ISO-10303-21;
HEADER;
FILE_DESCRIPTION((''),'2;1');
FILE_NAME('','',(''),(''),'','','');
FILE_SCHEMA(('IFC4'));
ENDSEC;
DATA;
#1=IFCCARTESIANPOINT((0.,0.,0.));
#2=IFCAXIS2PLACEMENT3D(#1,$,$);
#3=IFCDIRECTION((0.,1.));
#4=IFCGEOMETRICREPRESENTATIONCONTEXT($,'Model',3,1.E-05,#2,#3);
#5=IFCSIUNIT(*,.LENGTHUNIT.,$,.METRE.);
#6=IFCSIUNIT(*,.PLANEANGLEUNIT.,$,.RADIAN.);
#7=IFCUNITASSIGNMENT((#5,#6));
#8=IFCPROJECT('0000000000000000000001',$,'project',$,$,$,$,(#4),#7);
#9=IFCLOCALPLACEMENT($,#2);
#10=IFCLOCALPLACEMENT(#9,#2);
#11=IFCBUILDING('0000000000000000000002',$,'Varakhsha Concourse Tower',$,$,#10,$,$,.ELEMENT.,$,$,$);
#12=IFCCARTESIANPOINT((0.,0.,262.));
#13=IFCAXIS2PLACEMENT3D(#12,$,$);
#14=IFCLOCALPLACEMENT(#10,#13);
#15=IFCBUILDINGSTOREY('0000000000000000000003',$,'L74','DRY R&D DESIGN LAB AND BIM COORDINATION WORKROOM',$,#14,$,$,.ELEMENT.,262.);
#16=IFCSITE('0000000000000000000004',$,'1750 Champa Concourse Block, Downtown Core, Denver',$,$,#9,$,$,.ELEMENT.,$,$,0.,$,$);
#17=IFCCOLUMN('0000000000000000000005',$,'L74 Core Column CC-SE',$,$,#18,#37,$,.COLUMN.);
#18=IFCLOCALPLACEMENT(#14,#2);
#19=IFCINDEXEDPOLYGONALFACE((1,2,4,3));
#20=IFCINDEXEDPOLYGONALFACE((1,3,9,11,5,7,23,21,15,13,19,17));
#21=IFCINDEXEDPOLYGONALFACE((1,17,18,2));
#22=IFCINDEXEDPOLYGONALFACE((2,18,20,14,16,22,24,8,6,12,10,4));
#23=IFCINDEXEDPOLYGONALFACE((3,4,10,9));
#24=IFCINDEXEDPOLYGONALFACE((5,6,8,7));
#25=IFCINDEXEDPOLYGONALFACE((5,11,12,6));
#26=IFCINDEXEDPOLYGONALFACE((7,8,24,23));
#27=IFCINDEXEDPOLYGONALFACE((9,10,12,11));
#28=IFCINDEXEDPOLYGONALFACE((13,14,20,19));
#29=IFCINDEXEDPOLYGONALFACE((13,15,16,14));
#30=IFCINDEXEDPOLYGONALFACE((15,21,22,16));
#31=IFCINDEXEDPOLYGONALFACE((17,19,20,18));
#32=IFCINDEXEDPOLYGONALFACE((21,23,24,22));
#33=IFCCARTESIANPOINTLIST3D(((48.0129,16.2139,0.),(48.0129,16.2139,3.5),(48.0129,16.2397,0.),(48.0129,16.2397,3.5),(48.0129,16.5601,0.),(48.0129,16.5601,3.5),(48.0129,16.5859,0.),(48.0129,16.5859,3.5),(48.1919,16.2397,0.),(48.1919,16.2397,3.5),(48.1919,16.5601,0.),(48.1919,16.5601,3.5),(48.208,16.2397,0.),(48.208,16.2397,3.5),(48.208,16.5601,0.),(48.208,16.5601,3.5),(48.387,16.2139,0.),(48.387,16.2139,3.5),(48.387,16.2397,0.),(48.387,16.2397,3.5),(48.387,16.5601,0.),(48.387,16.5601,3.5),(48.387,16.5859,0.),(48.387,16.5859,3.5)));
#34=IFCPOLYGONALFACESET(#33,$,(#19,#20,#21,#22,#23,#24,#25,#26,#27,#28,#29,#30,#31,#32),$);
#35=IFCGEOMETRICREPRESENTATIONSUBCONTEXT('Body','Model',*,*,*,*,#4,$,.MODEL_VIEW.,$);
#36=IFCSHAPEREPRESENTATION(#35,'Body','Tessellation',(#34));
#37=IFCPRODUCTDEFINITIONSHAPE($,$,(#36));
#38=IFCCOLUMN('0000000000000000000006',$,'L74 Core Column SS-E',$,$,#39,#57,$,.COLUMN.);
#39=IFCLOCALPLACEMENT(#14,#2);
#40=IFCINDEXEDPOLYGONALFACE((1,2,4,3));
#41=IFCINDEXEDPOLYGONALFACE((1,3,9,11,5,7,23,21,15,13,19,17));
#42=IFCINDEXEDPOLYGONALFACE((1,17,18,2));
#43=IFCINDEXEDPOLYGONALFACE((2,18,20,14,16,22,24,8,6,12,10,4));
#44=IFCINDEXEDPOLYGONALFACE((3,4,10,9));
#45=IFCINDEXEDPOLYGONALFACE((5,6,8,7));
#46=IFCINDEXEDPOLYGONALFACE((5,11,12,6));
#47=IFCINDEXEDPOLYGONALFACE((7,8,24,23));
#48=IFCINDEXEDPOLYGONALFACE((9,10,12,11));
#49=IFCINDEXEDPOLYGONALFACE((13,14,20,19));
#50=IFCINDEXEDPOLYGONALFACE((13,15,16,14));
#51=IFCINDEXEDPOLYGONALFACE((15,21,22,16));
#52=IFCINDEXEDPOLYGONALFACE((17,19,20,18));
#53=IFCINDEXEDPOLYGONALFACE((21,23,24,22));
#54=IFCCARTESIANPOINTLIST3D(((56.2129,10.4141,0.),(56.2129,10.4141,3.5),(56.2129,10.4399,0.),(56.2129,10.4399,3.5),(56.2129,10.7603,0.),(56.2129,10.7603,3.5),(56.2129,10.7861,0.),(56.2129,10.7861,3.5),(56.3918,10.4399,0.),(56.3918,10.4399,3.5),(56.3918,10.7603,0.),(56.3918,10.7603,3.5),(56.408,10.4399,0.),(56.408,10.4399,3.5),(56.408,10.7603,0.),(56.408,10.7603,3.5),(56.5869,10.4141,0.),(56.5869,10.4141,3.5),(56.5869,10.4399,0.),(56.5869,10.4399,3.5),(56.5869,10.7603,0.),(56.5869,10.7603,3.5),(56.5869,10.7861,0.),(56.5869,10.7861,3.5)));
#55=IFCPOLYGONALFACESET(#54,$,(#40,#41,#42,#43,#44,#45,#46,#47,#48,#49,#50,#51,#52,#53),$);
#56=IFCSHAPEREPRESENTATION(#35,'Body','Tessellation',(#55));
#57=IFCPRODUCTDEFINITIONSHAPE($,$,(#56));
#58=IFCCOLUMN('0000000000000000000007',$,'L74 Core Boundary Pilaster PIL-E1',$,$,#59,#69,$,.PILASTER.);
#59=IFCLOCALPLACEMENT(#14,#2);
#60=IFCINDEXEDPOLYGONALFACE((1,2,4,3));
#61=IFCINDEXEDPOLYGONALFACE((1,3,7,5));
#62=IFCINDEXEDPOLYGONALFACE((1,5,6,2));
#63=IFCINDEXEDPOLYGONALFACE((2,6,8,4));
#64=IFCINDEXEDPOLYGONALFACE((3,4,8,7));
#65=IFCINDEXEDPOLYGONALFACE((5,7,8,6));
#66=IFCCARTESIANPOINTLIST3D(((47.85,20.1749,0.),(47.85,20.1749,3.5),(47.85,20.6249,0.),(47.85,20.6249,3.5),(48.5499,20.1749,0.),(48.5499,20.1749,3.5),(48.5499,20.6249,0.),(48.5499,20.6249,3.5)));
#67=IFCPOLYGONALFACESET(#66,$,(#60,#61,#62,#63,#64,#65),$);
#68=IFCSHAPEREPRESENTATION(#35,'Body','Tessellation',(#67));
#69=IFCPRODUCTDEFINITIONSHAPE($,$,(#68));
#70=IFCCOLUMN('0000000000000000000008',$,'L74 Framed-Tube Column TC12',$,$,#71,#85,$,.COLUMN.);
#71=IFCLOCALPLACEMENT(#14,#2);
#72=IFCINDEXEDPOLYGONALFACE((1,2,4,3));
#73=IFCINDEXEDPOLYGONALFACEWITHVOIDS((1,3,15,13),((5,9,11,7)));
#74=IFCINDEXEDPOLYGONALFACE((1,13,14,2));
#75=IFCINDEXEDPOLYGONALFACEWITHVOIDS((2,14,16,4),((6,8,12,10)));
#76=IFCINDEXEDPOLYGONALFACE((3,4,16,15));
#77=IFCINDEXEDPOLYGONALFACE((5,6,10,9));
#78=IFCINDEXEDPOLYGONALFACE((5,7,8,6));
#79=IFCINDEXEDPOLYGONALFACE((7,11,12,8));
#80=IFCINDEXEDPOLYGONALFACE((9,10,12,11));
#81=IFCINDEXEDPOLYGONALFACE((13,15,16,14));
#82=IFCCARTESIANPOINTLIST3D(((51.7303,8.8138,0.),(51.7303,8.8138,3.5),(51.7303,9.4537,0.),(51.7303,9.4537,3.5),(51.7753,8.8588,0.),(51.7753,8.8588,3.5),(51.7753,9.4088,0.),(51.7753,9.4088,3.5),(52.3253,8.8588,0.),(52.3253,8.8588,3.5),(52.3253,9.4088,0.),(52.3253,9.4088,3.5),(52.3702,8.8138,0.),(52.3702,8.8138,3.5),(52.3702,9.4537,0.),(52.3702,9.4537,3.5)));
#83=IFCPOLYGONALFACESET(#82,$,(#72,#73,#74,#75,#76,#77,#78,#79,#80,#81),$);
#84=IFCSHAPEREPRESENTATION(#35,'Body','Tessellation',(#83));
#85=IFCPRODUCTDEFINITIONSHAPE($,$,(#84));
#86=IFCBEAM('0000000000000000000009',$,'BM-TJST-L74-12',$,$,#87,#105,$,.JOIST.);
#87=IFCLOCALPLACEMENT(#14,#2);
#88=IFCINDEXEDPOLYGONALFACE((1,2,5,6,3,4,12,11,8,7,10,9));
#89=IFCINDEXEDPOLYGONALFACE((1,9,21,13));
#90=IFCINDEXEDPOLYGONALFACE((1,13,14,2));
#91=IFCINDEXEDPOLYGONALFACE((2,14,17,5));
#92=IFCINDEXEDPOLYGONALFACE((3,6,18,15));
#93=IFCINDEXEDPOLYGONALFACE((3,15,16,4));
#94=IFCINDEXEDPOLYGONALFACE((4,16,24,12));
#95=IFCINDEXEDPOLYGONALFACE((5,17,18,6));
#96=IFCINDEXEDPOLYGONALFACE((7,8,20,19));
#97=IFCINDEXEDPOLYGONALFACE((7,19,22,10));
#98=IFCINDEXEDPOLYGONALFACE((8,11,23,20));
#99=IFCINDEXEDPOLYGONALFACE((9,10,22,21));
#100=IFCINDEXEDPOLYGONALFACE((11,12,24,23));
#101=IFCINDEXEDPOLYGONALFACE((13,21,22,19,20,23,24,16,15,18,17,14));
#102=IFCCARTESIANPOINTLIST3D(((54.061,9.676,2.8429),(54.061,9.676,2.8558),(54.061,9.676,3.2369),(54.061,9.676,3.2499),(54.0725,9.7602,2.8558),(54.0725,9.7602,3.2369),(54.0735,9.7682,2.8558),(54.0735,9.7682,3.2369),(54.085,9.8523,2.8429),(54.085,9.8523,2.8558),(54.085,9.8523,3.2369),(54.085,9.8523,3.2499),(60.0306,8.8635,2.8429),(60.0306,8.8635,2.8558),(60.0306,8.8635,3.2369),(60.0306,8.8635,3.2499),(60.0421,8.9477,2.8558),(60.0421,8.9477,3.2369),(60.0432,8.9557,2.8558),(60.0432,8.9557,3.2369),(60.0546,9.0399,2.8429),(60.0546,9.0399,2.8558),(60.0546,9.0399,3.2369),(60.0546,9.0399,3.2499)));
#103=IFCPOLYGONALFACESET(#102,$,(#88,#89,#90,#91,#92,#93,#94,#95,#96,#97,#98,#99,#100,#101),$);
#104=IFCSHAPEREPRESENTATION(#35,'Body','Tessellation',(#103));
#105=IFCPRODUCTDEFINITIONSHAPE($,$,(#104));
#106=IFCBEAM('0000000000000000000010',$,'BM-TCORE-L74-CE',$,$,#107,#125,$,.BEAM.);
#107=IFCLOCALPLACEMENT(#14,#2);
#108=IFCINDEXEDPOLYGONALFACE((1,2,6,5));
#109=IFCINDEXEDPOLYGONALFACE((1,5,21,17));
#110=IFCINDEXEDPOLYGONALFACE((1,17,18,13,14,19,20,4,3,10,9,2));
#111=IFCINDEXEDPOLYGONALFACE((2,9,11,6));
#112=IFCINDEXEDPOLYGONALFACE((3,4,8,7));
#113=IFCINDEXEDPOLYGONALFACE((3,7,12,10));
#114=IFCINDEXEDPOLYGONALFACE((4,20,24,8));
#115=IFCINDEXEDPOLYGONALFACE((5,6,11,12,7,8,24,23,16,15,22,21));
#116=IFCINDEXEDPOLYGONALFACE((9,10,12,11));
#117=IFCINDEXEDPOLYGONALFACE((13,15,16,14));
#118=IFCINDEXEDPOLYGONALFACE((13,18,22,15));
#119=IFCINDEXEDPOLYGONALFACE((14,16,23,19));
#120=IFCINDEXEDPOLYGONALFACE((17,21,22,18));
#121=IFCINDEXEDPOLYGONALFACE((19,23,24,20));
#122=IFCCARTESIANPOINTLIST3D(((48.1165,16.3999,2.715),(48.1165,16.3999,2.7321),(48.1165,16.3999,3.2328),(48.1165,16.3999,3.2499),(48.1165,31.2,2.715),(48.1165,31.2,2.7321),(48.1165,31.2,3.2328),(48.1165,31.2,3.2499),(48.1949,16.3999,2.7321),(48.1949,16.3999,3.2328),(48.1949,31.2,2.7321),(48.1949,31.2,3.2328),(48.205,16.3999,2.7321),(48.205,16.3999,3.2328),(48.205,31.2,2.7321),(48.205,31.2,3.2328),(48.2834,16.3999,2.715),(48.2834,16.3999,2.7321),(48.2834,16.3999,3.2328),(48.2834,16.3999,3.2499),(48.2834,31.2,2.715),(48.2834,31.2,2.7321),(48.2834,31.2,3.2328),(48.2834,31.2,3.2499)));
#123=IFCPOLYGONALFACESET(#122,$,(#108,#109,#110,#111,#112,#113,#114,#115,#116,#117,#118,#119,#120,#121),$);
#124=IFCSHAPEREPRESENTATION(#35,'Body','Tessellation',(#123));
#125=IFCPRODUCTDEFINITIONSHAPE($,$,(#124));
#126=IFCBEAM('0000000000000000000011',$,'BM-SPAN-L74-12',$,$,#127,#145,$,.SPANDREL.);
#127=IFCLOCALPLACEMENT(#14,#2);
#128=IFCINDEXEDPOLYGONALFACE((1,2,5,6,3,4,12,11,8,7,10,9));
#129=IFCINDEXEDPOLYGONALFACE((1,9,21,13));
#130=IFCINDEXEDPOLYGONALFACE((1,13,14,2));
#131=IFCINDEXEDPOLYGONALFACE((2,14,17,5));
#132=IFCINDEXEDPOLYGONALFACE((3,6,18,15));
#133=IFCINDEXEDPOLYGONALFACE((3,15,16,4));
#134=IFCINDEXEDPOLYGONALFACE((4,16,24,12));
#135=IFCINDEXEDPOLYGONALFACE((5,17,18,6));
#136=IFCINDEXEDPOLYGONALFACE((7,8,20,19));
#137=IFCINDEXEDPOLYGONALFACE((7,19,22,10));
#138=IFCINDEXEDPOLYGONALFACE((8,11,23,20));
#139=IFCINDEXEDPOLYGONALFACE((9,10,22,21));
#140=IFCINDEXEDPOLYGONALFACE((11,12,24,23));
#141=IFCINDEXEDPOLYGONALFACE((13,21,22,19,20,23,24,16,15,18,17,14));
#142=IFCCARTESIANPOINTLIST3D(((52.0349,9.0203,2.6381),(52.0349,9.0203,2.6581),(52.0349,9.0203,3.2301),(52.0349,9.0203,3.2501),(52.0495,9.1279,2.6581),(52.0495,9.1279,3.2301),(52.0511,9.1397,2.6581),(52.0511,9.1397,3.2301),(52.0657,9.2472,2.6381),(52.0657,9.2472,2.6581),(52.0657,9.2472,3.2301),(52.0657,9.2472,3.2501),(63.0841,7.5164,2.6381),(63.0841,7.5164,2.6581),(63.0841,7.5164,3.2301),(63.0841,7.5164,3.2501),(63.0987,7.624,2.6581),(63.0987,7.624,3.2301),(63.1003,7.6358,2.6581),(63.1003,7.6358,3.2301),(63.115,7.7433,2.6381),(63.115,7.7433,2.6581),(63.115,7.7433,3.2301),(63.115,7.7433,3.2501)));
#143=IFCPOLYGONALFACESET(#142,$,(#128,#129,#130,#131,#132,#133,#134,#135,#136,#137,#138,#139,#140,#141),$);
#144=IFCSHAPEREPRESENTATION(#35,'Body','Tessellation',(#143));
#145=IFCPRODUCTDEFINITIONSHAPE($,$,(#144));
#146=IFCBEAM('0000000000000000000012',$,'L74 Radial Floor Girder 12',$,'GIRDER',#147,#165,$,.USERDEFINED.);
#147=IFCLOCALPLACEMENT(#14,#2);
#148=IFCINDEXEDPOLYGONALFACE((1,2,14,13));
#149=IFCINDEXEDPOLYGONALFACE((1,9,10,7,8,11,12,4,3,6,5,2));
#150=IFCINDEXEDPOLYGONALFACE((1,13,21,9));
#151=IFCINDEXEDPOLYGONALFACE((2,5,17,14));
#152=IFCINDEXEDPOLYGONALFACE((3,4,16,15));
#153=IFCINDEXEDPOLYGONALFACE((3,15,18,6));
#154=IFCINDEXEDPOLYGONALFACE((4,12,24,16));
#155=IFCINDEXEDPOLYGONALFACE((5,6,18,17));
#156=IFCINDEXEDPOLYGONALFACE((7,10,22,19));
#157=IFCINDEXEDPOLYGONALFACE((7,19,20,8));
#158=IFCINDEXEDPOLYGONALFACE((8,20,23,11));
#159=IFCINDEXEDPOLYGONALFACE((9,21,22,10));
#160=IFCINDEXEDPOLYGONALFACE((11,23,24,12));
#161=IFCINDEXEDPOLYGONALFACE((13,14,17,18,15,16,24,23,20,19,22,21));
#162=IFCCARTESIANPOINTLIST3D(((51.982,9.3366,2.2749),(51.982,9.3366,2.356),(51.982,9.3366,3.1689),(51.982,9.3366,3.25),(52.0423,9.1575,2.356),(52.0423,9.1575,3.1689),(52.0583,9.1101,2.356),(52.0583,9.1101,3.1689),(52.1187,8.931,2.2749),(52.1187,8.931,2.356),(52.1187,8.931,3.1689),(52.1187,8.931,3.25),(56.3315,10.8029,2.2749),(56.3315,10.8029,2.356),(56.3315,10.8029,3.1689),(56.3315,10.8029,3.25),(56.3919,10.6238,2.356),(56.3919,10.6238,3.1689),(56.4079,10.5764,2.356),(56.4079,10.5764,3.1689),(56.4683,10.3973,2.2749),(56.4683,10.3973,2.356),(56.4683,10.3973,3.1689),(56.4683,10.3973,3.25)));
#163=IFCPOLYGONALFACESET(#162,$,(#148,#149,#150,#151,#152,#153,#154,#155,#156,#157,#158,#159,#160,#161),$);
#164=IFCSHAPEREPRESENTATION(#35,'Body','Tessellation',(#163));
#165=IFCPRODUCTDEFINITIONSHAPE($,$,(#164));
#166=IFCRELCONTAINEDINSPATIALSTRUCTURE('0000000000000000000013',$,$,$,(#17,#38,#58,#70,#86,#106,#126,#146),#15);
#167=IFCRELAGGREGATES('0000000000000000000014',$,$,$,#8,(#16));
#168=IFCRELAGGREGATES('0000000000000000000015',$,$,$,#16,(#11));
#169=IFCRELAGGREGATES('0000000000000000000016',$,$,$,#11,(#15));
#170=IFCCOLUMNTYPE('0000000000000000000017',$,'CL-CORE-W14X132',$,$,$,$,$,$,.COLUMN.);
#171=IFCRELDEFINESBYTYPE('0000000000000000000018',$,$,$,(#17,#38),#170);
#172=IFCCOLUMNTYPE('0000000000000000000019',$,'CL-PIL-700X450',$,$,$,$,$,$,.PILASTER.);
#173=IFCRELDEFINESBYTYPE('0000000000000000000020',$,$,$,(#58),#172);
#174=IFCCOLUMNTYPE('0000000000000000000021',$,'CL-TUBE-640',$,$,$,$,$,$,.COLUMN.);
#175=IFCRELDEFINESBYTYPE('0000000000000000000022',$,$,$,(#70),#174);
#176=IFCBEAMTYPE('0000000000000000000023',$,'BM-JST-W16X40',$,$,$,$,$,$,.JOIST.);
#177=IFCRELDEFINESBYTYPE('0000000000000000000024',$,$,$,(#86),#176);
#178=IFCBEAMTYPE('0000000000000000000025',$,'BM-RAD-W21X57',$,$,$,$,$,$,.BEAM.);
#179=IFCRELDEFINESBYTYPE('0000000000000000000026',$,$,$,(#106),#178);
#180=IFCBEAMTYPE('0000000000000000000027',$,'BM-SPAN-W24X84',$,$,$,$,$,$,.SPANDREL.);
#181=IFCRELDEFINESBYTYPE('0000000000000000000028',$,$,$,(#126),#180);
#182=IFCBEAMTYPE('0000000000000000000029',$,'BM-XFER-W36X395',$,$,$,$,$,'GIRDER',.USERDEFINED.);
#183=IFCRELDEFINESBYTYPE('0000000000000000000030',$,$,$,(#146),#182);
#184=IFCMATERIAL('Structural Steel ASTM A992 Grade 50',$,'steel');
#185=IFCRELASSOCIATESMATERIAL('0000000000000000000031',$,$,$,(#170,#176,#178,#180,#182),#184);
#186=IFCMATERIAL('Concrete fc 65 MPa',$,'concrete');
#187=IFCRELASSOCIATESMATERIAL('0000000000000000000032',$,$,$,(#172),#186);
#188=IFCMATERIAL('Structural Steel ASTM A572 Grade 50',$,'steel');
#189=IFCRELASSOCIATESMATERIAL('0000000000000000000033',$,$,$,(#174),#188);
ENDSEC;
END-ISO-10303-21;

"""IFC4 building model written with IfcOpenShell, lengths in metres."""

from ifc_helpers import new_model, si_unit, direction, frame, origin, origin_2d, place, context, subcontext, project, spatial, rectangle, hollow_rectangle, i_section, extrude, material, material_profile, profile_set, type_object, element, save


model = new_model("IFC4")

# Units and contexts
model_context = context("Model", 3, precision=1e-05, world=origin(), true_north=direction((0.0, 1.0)))
body_context = subcontext(model_context, "Body", "Model", "MODEL_VIEW")
ifc_project = project(units=[si_unit("LENGTHUNIT", "METRE"), si_unit("PLANEANGLEUNIT", "RADIAN")], contexts=[model_context])

# Site, building, storey
site_placement = place(None, origin())
site = spatial("IfcSite", under=ifc_project, at=site_placement, Name="1750 Champa Concourse Block, Downtown Core, Denver", CompositionType="ELEMENT", RefElevation=0.0)
building_placement = place(site_placement, origin())
building = spatial("IfcBuilding", under=site, at=building_placement, Name="Varakhsha Concourse Tower", CompositionType="ELEMENT")
storey_placement = place(building_placement, frame((0.0, 0.0, 262.0)))
storey = spatial("IfcBuildingStorey", under=building, at=storey_placement, Name="L74", Description="DRY R&D DESIGN LAB AND BIM COORDINATION WORKROOM", CompositionType="ELEMENT", Elevation=262.0)

# Columns
ifc_material_1 = material(Name="Structural Steel ASTM A992 Grade 50", Category="steel")
ifc_material_profile_1 = material_profile(ifc_material_1, i_section(OverallWidth=0.374, OverallDepth=0.3721, WebThickness=0.0161, FlangeThickness=0.0259, at=origin_2d()), Name="W14X132")
ifc_profile_set_1 = profile_set([ifc_material_profile_1], Name="Structural Steel ASTM A992 Grade 50")
column_type_1 = type_object("IfcColumnType", Name="CL-CORE-W14X132", PredefinedType="COLUMN", material=ifc_profile_set_1)
for number, where, z_axis, x_axis, name in (
    (1, (48.2, 16.3999, 0.0), (0.0, 0.0, 1.0), (1.0, 0.0, 0.0), "L74 Core Column CC-SE"),
    (2, (56.3999, 10.6001, 0.0), (0.0, 0.0, 1.0), (1.0, 0.0, 0.0), "L74 Core Column SS-E"),
):
    element("IfcColumn", number, at=place(storey_placement, frame(where, z_axis=z_axis, x_axis=x_axis)), inside=storey, type_object=column_type_1, Name=name, PredefinedType="COLUMN", context=body_context, shape_type="SweptSolid", body=[
        extrude(i_section(OverallWidth=0.374, OverallDepth=0.3721, WebThickness=0.0161, FlangeThickness=0.0259, at=origin_2d()), origin(), (0.0, 0.0, 1.0), 3.5),
    ])
ifc_material_2 = material(Name="Concrete fc 65 MPa", Category="concrete")
ifc_material_profile_2 = material_profile(ifc_material_2, rectangle(XDim=0.7, YDim=0.45, at=origin_2d()), Name="RC 700x450")
ifc_profile_set_2 = profile_set([ifc_material_profile_2], Name="Concrete fc 65 MPa")
column_type_2 = type_object("IfcColumnType", Name="CL-PIL-700X450", PredefinedType="PILASTER", material=ifc_profile_set_2)
column_1_placement = place(storey_placement, frame((48.2, 20.3999, 0.0), z_axis=(0.0, 0.0, 1.0), x_axis=(1.0, 0.0, 0.0)))
element("IfcColumn", 3, at=column_1_placement, inside=storey, type_object=column_type_2, Name="L74 Core Boundary Pilaster PIL-E1", PredefinedType="PILASTER", context=body_context, shape_type="SweptSolid", body=[
    extrude(rectangle(XDim=0.7, YDim=0.45, at=origin_2d()), origin(), (0.0, 0.0, 1.0), 3.5),
])
ifc_material_3 = material(Name="Structural Steel ASTM A572 Grade 50", Category="steel")
ifc_material_profile_3 = material_profile(ifc_material_3, hollow_rectangle(XDim=0.6399, YDim=0.6399, WallThickness=0.0449, at=origin_2d()), Name="BOX 640x640x45")
ifc_profile_set_3 = profile_set([ifc_material_profile_3], Name="Structural Steel ASTM A572 Grade 50")
column_type_3 = type_object("IfcColumnType", Name="CL-TUBE-640", PredefinedType="COLUMN", material=ifc_profile_set_3)
column_2_placement = place(storey_placement, frame((52.0503, 9.1338, 0.0), z_axis=(0.0, 0.0, 1.0), x_axis=(1.0, 0.0, 0.0)))
element("IfcColumn", 4, at=column_2_placement, inside=storey, type_object=column_type_3, Name="L74 Framed-Tube Column TC12", PredefinedType="COLUMN", context=body_context, shape_type="SweptSolid", body=[
    extrude(hollow_rectangle(XDim=0.6399, YDim=0.6399, WallThickness=0.0449, at=origin_2d()), origin(), (0.0, 0.0, 1.0), 3.5),
])

# Beams
ifc_material_profile_4 = material_profile(ifc_material_1, i_section(OverallWidth=0.178, OverallDepth=0.407, WebThickness=0.0081, FlangeThickness=0.0129, at=origin_2d()), Name="W16X40")
ifc_profile_set_4 = profile_set([ifc_material_profile_4], Name="Structural Steel ASTM A992 Grade 50")
beam_type_1 = type_object("IfcBeamType", Name="BM-JST-W16X40", PredefinedType="JOIST", material=ifc_profile_set_4)
beam_1_placement = place(storey_placement, frame((54.073, 9.7642, 3.0464), z_axis=(0.990865, -0.13486, 0.0), x_axis=(0.13486, 0.990865, 0.0)))
element("IfcBeam", 5, at=beam_1_placement, inside=storey, type_object=beam_type_1, Name="BM-TJST-L74-12", PredefinedType="JOIST", context=body_context, shape_type="SweptSolid", body=[
    extrude(i_section(OverallWidth=0.178, OverallDepth=0.407, WebThickness=0.0081, FlangeThickness=0.0129, at=origin_2d()), origin(), (0.0, 0.0, 1.0), 6.0247),
])
ifc_material_profile_5 = material_profile(ifc_material_1, i_section(OverallWidth=0.167, OverallDepth=0.5349, WebThickness=0.01, FlangeThickness=0.0171, at=origin_2d()), Name="W21X57")
ifc_profile_set_5 = profile_set([ifc_material_profile_5], Name="Structural Steel ASTM A992 Grade 50")
beam_type_2 = type_object("IfcBeamType", Name="BM-RAD-W21X57", PredefinedType="BEAM", material=ifc_profile_set_5)
beam_2_placement = place(storey_placement, frame((48.2, 16.3999, 2.9824), z_axis=(0.0, 1.0, 0.0), x_axis=(-1.0, 0.0, 0.0)))
element("IfcBeam", 6, at=beam_2_placement, inside=storey, type_object=beam_type_2, Name="BM-TCORE-L74-CE", PredefinedType="BEAM", context=body_context, shape_type="SweptSolid", body=[
    extrude(i_section(OverallWidth=0.167, OverallDepth=0.5349, WebThickness=0.01, FlangeThickness=0.0171, at=origin_2d()), origin(), (0.0, 0.0, 1.0), 14.8),
])
ifc_material_profile_6 = material_profile(ifc_material_1, i_section(OverallWidth=0.229, OverallDepth=0.6121, WebThickness=0.012, FlangeThickness=0.02, at=origin_2d()), Name="W24X84")
ifc_profile_set_6 = profile_set([ifc_material_profile_6], Name="Structural Steel ASTM A992 Grade 50")
beam_type_3 = type_object("IfcBeamType", Name="BM-SPAN-W24X84", PredefinedType="SPANDREL", material=ifc_profile_set_6)
beam_3_placement = place(storey_placement, frame((52.0503, 9.1338, 2.9441), z_axis=(0.990864, -0.134865, 0.0), x_axis=(0.134865, 0.990864, 0.0)))
element("IfcBeam", 7, at=beam_3_placement, inside=storey, type_object=beam_type_3, Name="BM-SPAN-L74-12", PredefinedType="SPANDREL", context=body_context, shape_type="SweptSolid", body=[
    extrude(i_section(OverallWidth=0.229, OverallDepth=0.6121, WebThickness=0.012, FlangeThickness=0.02, at=origin_2d()), origin(), (0.0, 0.0, 1.0), 11.1511),
])
ifc_material_profile_7 = material_profile(ifc_material_1, i_section(OverallWidth=0.428, OverallDepth=0.9751, WebThickness=0.05, FlangeThickness=0.0811, at=origin_2d()), Name="W36X395")
ifc_profile_set_7 = profile_set([ifc_material_profile_7], Name="Structural Steel ASTM A992 Grade 50")
beam_type_4 = type_object("IfcBeamType", Name="BM-XFER-W36X395", ElementType="GIRDER", PredefinedType="USERDEFINED", material=ifc_profile_set_7)
beam_4_placement = place(storey_placement, frame((56.3999, 10.6001, 2.7625), z_axis=(-0.947603, -0.319449, 0.0), x_axis=(0.319449, -0.947603, 0.0)))
element("IfcBeam", 8, at=beam_4_placement, inside=storey, type_object=beam_type_4, Name="L74 Radial Floor Girder 12", ObjectType="GIRDER", PredefinedType="USERDEFINED", context=body_context, shape_type="SweptSolid", body=[
    extrude(i_section(OverallWidth=0.428, OverallDepth=0.9751, WebThickness=0.05, FlangeThickness=0.0811, at=origin_2d()), origin(), (0.0, 0.0, 1.0), 4.5901),
])

save(model, "model.ifc")
